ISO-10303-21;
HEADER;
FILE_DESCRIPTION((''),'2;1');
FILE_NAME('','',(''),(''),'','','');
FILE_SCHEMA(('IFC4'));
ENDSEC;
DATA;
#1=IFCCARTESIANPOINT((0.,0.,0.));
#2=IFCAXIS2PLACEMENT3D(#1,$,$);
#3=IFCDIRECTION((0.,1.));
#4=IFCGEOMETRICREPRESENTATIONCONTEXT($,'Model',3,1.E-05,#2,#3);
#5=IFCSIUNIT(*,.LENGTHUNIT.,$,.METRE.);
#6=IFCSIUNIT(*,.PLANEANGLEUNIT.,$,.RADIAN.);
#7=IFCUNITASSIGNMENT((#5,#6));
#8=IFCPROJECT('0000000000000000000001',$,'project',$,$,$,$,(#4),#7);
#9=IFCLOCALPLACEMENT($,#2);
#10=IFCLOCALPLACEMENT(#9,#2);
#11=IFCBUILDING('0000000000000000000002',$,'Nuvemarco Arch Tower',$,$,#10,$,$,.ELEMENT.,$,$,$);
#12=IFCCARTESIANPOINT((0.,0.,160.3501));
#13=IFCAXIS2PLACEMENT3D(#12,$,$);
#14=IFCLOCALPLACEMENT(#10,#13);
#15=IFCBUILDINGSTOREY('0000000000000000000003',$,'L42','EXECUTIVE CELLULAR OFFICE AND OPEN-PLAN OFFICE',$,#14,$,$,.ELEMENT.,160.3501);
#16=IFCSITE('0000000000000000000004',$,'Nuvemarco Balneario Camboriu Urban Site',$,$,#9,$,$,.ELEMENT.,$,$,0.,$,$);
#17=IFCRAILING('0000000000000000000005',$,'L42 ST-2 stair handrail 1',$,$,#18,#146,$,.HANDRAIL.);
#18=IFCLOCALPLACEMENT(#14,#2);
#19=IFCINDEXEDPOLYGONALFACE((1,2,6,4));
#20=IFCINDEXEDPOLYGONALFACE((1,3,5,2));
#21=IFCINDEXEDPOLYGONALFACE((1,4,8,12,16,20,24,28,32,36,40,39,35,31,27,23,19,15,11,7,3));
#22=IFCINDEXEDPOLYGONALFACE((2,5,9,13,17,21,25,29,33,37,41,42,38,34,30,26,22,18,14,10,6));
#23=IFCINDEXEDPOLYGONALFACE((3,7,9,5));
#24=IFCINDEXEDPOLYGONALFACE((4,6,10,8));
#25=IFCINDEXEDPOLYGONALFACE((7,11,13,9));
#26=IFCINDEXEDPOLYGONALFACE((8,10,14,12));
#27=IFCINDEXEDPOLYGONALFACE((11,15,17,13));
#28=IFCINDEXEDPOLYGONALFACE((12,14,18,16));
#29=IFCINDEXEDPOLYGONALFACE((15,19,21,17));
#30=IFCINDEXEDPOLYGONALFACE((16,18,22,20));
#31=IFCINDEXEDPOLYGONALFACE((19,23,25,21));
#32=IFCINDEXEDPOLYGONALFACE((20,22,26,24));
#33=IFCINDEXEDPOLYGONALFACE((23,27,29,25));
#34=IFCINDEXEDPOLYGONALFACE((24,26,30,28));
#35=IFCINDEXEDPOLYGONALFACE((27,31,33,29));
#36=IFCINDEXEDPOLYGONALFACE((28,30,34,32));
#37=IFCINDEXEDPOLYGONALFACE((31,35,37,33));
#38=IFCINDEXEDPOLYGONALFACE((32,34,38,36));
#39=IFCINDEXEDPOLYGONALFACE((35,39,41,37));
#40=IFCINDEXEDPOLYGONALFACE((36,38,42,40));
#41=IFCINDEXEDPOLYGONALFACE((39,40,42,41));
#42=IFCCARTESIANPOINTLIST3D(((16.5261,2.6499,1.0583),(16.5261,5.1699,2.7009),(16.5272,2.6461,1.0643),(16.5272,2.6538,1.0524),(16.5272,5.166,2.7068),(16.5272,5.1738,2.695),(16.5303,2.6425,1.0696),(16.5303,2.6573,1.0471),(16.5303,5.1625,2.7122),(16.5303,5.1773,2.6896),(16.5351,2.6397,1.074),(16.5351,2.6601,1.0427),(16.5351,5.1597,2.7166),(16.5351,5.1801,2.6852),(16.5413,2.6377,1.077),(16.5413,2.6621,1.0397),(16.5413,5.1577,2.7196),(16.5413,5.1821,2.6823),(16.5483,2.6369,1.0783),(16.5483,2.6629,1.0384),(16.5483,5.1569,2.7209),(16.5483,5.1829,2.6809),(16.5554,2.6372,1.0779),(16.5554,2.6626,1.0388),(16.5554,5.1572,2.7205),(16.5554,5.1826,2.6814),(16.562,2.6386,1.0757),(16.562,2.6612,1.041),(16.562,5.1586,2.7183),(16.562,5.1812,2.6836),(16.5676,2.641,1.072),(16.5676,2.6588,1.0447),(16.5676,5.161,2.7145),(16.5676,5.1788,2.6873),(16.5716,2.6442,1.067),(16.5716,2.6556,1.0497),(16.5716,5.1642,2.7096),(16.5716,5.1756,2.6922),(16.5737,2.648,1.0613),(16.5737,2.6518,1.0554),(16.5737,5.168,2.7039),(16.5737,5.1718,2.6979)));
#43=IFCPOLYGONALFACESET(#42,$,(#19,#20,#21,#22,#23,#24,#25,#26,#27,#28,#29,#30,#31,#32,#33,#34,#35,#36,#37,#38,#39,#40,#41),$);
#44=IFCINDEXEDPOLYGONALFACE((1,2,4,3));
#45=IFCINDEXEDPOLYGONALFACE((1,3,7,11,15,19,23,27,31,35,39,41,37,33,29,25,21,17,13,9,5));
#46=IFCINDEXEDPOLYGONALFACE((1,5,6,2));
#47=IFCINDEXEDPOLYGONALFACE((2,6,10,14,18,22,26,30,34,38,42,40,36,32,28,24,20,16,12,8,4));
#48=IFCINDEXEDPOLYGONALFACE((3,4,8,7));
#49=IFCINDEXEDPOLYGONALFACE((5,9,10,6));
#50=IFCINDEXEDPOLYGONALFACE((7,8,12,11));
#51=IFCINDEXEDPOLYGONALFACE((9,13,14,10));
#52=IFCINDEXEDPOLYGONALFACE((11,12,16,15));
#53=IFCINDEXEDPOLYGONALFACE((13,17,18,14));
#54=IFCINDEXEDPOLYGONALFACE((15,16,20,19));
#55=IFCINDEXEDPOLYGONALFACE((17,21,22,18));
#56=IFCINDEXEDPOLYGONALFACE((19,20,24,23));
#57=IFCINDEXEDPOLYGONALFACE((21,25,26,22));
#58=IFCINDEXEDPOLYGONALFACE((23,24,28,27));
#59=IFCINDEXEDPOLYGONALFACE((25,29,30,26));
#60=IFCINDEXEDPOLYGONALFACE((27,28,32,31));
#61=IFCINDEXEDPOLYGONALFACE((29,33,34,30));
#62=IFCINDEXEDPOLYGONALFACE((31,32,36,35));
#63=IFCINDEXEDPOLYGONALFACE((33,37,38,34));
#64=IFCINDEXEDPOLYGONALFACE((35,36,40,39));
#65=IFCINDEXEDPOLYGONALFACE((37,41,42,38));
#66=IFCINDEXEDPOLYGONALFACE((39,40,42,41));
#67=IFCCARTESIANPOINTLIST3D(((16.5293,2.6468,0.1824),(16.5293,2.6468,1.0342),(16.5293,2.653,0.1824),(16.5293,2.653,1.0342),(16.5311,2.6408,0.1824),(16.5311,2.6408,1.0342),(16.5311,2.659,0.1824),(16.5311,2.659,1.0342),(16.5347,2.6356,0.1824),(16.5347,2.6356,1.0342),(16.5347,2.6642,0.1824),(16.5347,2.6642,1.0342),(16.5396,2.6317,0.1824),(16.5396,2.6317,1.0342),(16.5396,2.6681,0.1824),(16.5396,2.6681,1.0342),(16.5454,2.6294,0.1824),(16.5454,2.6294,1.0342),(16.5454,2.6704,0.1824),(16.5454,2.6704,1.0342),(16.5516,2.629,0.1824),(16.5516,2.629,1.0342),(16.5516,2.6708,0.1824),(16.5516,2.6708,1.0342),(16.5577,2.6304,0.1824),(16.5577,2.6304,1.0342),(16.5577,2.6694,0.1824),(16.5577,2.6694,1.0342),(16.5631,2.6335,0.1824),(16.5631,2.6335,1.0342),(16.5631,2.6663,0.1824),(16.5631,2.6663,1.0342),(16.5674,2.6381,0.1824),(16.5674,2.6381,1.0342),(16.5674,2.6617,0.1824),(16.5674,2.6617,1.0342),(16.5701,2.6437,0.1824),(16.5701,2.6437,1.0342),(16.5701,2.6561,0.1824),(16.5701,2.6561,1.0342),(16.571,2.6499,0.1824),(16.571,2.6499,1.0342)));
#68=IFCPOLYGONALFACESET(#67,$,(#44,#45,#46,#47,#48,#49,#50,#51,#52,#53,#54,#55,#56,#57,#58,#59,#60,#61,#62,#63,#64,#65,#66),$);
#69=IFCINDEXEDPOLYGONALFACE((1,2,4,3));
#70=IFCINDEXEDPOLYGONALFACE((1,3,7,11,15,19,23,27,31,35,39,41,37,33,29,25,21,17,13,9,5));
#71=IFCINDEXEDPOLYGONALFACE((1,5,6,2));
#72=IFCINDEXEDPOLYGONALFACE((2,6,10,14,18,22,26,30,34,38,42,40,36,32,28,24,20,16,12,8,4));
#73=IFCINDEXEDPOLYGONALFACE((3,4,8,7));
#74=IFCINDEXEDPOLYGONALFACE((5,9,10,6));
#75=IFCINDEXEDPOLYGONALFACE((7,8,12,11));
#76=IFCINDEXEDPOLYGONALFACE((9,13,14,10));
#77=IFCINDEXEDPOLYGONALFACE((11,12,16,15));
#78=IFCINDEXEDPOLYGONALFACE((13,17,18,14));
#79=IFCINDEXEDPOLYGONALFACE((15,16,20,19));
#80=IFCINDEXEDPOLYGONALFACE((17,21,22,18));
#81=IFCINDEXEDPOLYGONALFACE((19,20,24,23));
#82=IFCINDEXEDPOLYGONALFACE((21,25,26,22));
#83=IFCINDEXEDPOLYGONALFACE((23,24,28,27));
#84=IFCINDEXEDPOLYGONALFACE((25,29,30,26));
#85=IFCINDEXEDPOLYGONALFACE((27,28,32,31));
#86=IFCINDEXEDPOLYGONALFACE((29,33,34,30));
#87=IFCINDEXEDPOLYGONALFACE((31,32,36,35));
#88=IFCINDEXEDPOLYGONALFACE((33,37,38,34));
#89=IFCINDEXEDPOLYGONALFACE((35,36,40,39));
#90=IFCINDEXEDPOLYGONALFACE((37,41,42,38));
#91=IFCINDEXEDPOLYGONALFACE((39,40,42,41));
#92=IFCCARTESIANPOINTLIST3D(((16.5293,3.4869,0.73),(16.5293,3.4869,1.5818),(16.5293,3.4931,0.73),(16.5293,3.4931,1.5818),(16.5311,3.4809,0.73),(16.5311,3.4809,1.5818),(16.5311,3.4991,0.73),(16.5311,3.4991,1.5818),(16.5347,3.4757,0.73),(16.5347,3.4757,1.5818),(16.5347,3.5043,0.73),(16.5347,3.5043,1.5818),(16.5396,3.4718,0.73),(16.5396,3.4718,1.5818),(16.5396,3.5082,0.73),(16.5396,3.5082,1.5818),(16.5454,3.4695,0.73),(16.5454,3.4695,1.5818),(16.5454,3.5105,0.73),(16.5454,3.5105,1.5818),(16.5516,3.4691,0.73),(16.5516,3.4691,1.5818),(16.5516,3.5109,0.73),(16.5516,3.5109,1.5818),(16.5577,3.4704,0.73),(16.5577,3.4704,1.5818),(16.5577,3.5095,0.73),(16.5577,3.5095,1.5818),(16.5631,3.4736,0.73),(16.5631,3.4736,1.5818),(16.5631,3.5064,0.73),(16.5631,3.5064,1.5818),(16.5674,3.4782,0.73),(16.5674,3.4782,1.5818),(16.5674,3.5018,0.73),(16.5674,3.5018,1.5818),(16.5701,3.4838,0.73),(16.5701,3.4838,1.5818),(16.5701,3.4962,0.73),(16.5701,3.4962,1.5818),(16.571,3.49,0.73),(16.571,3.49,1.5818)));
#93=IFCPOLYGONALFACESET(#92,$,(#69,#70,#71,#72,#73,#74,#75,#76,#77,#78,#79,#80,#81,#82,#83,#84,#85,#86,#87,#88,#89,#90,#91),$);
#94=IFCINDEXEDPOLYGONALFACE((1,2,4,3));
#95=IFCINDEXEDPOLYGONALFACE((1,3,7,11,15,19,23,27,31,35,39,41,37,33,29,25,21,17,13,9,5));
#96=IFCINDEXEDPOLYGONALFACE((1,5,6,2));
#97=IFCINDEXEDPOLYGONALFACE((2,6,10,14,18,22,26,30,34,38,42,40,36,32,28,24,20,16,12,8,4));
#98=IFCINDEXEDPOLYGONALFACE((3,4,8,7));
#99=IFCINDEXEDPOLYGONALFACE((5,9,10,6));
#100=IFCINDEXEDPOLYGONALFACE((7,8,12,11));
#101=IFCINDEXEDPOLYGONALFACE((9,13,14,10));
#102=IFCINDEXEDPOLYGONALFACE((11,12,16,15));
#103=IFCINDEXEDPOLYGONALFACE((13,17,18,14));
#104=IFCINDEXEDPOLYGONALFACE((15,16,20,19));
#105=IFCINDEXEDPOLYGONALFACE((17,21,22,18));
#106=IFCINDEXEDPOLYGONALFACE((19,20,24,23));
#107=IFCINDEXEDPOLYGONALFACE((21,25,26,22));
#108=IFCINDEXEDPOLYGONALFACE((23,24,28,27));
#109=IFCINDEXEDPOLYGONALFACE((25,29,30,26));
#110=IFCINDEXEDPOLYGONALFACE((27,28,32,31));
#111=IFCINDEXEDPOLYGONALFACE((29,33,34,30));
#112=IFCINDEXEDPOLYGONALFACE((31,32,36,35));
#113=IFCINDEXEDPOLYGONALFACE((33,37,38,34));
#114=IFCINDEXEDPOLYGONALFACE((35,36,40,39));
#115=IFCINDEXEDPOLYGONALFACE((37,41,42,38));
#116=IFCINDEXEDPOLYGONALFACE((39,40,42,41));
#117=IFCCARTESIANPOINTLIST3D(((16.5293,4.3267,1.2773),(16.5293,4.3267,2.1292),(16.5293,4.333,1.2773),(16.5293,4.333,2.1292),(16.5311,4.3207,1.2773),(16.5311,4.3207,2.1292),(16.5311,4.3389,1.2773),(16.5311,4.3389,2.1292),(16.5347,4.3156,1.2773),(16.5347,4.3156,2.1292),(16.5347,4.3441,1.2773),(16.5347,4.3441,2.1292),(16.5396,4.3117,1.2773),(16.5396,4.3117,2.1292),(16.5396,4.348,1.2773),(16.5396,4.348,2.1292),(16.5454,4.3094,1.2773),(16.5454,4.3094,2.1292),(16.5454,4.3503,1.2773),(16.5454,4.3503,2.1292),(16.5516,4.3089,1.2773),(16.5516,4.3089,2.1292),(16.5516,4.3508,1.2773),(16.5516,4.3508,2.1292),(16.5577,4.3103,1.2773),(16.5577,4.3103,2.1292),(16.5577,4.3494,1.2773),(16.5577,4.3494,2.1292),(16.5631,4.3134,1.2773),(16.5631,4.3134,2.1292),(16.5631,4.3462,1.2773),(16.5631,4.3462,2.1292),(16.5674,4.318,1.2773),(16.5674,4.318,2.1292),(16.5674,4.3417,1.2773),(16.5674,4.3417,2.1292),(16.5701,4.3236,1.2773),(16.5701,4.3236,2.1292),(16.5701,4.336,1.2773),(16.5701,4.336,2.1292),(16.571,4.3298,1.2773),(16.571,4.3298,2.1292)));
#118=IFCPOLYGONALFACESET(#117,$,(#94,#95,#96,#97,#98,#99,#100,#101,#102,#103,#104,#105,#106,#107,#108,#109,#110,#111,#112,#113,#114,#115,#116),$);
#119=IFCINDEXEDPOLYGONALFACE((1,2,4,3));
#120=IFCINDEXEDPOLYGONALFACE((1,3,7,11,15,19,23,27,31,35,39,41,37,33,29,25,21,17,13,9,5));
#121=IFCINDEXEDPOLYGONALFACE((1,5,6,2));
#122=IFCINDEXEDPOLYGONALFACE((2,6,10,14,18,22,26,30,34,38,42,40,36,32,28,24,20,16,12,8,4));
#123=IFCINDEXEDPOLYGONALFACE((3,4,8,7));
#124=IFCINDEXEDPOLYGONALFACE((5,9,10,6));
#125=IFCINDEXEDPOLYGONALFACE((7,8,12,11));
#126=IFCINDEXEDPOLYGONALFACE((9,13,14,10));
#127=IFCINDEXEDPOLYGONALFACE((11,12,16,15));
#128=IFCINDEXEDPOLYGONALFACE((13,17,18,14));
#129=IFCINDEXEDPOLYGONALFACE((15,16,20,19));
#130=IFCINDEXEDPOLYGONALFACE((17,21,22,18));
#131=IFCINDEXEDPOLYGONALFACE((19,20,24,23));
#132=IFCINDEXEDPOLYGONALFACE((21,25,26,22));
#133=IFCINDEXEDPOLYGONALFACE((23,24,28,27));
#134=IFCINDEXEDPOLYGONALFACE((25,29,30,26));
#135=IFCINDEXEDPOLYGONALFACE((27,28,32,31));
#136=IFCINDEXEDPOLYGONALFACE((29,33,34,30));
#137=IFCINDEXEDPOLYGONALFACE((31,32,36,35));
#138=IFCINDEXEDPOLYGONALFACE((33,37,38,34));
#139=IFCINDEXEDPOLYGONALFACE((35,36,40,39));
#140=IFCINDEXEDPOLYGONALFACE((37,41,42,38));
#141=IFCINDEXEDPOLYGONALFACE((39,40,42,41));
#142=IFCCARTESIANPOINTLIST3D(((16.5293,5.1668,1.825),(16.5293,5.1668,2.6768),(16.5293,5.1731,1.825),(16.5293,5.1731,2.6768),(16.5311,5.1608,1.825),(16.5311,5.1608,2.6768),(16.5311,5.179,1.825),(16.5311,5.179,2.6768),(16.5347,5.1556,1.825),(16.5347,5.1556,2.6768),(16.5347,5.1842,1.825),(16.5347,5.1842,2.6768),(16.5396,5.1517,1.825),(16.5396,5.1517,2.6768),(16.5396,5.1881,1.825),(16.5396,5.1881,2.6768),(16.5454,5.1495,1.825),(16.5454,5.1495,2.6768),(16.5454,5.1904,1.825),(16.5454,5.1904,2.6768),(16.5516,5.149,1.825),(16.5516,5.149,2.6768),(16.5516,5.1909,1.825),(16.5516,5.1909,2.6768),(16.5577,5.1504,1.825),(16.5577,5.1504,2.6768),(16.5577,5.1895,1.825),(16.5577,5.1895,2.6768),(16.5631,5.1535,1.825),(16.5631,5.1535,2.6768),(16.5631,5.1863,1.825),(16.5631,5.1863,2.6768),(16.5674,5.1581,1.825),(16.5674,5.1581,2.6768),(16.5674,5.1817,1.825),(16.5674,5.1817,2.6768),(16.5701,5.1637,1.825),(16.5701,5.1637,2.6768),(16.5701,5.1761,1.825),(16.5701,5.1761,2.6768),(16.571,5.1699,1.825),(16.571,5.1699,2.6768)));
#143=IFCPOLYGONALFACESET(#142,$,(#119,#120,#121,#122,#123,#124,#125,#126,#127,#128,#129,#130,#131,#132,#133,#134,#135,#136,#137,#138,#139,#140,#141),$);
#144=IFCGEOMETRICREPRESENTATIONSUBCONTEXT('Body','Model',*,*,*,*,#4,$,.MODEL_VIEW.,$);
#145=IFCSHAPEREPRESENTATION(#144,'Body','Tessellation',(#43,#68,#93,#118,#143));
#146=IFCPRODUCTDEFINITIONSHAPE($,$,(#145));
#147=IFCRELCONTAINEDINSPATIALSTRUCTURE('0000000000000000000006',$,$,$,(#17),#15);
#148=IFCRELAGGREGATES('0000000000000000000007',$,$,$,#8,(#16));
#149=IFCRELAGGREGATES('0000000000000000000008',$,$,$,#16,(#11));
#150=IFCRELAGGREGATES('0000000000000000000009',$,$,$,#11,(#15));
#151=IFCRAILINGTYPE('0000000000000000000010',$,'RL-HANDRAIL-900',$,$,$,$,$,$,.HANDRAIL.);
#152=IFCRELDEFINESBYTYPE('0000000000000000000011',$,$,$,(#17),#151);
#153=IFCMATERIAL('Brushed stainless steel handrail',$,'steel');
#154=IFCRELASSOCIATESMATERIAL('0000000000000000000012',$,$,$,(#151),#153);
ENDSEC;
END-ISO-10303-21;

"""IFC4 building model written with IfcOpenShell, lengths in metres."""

from ifc_helpers import new_model, si_unit, direction, frame, origin, origin_2d, place, context, subcontext, project, spatial, circle, extrude, material, type_object, element, save


model = new_model("IFC4")

# Units and contexts
model_context = context("Model", 3, precision=1e-05, world=origin(), true_north=direction((0.0, 1.0)))
body_context = subcontext(model_context, "Body", "Model", "MODEL_VIEW")
ifc_project = project(units=[si_unit("LENGTHUNIT", "METRE"), si_unit("PLANEANGLEUNIT", "RADIAN")], contexts=[model_context])

# Site, building, storey
site_placement = place(None, origin())
site = spatial("IfcSite", under=ifc_project, at=site_placement, Name="Nuvemarco Balneario Camboriu Urban Site", CompositionType="ELEMENT", RefElevation=0.0)
building_placement = place(site_placement, origin())
building = spatial("IfcBuilding", under=site, at=building_placement, Name="Nuvemarco Arch Tower", CompositionType="ELEMENT")
storey_placement = place(building_placement, frame((0.0, 0.0, 160.3501)))
storey = spatial("IfcBuildingStorey", under=building, at=storey_placement, Name="L42", Description="EXECUTIVE CELLULAR OFFICE AND OPEN-PLAN OFFICE", CompositionType="ELEMENT", Elevation=160.3501)

# Railing
ifc_material_1 = material(Name="Brushed stainless steel handrail", Category="steel")
railing_type_1 = type_object("IfcRailingType", Name="RL-HANDRAIL-900", PredefinedType="HANDRAIL", material=ifc_material_1)
railing_1_placement = place(storey_placement, frame((16.55, 2.6499, 0.1824)))
element("IfcRailing", 1, at=railing_1_placement, inside=storey, type_object=railing_type_1, Name="L42 ST-2 stair handrail 1", PredefinedType="HANDRAIL", context=body_context, shape_type="SweptSolid", body=[
    extrude(circle(Radius=0.0239, at=origin_2d()), frame((0.0, 0.0, 0.876), z_axis=(0.0, 0.837749, 0.546055), x_axis=(-1.0, 0.0, 0.0)), (0.0, 0.0, 1.0), 3.0081),
    extrude(circle(Radius=0.021, at=origin_2d()), origin(), (0.0, 0.0, 1.0), 0.8518),
    extrude(circle(Radius=0.021, at=origin_2d()), frame((0.0, 0.8401, 0.5476)), (0.0, 0.0, 1.0), 0.8518),
    extrude(circle(Radius=0.021, at=origin_2d()), frame((0.0, 1.6799, 1.095)), (0.0, 0.0, 1.0), 0.8518),
    extrude(circle(Radius=0.021, at=origin_2d()), frame((0.0, 2.52, 1.6426)), (0.0, 0.0, 1.0), 0.8518),
])

save(model, "model.ifc")
